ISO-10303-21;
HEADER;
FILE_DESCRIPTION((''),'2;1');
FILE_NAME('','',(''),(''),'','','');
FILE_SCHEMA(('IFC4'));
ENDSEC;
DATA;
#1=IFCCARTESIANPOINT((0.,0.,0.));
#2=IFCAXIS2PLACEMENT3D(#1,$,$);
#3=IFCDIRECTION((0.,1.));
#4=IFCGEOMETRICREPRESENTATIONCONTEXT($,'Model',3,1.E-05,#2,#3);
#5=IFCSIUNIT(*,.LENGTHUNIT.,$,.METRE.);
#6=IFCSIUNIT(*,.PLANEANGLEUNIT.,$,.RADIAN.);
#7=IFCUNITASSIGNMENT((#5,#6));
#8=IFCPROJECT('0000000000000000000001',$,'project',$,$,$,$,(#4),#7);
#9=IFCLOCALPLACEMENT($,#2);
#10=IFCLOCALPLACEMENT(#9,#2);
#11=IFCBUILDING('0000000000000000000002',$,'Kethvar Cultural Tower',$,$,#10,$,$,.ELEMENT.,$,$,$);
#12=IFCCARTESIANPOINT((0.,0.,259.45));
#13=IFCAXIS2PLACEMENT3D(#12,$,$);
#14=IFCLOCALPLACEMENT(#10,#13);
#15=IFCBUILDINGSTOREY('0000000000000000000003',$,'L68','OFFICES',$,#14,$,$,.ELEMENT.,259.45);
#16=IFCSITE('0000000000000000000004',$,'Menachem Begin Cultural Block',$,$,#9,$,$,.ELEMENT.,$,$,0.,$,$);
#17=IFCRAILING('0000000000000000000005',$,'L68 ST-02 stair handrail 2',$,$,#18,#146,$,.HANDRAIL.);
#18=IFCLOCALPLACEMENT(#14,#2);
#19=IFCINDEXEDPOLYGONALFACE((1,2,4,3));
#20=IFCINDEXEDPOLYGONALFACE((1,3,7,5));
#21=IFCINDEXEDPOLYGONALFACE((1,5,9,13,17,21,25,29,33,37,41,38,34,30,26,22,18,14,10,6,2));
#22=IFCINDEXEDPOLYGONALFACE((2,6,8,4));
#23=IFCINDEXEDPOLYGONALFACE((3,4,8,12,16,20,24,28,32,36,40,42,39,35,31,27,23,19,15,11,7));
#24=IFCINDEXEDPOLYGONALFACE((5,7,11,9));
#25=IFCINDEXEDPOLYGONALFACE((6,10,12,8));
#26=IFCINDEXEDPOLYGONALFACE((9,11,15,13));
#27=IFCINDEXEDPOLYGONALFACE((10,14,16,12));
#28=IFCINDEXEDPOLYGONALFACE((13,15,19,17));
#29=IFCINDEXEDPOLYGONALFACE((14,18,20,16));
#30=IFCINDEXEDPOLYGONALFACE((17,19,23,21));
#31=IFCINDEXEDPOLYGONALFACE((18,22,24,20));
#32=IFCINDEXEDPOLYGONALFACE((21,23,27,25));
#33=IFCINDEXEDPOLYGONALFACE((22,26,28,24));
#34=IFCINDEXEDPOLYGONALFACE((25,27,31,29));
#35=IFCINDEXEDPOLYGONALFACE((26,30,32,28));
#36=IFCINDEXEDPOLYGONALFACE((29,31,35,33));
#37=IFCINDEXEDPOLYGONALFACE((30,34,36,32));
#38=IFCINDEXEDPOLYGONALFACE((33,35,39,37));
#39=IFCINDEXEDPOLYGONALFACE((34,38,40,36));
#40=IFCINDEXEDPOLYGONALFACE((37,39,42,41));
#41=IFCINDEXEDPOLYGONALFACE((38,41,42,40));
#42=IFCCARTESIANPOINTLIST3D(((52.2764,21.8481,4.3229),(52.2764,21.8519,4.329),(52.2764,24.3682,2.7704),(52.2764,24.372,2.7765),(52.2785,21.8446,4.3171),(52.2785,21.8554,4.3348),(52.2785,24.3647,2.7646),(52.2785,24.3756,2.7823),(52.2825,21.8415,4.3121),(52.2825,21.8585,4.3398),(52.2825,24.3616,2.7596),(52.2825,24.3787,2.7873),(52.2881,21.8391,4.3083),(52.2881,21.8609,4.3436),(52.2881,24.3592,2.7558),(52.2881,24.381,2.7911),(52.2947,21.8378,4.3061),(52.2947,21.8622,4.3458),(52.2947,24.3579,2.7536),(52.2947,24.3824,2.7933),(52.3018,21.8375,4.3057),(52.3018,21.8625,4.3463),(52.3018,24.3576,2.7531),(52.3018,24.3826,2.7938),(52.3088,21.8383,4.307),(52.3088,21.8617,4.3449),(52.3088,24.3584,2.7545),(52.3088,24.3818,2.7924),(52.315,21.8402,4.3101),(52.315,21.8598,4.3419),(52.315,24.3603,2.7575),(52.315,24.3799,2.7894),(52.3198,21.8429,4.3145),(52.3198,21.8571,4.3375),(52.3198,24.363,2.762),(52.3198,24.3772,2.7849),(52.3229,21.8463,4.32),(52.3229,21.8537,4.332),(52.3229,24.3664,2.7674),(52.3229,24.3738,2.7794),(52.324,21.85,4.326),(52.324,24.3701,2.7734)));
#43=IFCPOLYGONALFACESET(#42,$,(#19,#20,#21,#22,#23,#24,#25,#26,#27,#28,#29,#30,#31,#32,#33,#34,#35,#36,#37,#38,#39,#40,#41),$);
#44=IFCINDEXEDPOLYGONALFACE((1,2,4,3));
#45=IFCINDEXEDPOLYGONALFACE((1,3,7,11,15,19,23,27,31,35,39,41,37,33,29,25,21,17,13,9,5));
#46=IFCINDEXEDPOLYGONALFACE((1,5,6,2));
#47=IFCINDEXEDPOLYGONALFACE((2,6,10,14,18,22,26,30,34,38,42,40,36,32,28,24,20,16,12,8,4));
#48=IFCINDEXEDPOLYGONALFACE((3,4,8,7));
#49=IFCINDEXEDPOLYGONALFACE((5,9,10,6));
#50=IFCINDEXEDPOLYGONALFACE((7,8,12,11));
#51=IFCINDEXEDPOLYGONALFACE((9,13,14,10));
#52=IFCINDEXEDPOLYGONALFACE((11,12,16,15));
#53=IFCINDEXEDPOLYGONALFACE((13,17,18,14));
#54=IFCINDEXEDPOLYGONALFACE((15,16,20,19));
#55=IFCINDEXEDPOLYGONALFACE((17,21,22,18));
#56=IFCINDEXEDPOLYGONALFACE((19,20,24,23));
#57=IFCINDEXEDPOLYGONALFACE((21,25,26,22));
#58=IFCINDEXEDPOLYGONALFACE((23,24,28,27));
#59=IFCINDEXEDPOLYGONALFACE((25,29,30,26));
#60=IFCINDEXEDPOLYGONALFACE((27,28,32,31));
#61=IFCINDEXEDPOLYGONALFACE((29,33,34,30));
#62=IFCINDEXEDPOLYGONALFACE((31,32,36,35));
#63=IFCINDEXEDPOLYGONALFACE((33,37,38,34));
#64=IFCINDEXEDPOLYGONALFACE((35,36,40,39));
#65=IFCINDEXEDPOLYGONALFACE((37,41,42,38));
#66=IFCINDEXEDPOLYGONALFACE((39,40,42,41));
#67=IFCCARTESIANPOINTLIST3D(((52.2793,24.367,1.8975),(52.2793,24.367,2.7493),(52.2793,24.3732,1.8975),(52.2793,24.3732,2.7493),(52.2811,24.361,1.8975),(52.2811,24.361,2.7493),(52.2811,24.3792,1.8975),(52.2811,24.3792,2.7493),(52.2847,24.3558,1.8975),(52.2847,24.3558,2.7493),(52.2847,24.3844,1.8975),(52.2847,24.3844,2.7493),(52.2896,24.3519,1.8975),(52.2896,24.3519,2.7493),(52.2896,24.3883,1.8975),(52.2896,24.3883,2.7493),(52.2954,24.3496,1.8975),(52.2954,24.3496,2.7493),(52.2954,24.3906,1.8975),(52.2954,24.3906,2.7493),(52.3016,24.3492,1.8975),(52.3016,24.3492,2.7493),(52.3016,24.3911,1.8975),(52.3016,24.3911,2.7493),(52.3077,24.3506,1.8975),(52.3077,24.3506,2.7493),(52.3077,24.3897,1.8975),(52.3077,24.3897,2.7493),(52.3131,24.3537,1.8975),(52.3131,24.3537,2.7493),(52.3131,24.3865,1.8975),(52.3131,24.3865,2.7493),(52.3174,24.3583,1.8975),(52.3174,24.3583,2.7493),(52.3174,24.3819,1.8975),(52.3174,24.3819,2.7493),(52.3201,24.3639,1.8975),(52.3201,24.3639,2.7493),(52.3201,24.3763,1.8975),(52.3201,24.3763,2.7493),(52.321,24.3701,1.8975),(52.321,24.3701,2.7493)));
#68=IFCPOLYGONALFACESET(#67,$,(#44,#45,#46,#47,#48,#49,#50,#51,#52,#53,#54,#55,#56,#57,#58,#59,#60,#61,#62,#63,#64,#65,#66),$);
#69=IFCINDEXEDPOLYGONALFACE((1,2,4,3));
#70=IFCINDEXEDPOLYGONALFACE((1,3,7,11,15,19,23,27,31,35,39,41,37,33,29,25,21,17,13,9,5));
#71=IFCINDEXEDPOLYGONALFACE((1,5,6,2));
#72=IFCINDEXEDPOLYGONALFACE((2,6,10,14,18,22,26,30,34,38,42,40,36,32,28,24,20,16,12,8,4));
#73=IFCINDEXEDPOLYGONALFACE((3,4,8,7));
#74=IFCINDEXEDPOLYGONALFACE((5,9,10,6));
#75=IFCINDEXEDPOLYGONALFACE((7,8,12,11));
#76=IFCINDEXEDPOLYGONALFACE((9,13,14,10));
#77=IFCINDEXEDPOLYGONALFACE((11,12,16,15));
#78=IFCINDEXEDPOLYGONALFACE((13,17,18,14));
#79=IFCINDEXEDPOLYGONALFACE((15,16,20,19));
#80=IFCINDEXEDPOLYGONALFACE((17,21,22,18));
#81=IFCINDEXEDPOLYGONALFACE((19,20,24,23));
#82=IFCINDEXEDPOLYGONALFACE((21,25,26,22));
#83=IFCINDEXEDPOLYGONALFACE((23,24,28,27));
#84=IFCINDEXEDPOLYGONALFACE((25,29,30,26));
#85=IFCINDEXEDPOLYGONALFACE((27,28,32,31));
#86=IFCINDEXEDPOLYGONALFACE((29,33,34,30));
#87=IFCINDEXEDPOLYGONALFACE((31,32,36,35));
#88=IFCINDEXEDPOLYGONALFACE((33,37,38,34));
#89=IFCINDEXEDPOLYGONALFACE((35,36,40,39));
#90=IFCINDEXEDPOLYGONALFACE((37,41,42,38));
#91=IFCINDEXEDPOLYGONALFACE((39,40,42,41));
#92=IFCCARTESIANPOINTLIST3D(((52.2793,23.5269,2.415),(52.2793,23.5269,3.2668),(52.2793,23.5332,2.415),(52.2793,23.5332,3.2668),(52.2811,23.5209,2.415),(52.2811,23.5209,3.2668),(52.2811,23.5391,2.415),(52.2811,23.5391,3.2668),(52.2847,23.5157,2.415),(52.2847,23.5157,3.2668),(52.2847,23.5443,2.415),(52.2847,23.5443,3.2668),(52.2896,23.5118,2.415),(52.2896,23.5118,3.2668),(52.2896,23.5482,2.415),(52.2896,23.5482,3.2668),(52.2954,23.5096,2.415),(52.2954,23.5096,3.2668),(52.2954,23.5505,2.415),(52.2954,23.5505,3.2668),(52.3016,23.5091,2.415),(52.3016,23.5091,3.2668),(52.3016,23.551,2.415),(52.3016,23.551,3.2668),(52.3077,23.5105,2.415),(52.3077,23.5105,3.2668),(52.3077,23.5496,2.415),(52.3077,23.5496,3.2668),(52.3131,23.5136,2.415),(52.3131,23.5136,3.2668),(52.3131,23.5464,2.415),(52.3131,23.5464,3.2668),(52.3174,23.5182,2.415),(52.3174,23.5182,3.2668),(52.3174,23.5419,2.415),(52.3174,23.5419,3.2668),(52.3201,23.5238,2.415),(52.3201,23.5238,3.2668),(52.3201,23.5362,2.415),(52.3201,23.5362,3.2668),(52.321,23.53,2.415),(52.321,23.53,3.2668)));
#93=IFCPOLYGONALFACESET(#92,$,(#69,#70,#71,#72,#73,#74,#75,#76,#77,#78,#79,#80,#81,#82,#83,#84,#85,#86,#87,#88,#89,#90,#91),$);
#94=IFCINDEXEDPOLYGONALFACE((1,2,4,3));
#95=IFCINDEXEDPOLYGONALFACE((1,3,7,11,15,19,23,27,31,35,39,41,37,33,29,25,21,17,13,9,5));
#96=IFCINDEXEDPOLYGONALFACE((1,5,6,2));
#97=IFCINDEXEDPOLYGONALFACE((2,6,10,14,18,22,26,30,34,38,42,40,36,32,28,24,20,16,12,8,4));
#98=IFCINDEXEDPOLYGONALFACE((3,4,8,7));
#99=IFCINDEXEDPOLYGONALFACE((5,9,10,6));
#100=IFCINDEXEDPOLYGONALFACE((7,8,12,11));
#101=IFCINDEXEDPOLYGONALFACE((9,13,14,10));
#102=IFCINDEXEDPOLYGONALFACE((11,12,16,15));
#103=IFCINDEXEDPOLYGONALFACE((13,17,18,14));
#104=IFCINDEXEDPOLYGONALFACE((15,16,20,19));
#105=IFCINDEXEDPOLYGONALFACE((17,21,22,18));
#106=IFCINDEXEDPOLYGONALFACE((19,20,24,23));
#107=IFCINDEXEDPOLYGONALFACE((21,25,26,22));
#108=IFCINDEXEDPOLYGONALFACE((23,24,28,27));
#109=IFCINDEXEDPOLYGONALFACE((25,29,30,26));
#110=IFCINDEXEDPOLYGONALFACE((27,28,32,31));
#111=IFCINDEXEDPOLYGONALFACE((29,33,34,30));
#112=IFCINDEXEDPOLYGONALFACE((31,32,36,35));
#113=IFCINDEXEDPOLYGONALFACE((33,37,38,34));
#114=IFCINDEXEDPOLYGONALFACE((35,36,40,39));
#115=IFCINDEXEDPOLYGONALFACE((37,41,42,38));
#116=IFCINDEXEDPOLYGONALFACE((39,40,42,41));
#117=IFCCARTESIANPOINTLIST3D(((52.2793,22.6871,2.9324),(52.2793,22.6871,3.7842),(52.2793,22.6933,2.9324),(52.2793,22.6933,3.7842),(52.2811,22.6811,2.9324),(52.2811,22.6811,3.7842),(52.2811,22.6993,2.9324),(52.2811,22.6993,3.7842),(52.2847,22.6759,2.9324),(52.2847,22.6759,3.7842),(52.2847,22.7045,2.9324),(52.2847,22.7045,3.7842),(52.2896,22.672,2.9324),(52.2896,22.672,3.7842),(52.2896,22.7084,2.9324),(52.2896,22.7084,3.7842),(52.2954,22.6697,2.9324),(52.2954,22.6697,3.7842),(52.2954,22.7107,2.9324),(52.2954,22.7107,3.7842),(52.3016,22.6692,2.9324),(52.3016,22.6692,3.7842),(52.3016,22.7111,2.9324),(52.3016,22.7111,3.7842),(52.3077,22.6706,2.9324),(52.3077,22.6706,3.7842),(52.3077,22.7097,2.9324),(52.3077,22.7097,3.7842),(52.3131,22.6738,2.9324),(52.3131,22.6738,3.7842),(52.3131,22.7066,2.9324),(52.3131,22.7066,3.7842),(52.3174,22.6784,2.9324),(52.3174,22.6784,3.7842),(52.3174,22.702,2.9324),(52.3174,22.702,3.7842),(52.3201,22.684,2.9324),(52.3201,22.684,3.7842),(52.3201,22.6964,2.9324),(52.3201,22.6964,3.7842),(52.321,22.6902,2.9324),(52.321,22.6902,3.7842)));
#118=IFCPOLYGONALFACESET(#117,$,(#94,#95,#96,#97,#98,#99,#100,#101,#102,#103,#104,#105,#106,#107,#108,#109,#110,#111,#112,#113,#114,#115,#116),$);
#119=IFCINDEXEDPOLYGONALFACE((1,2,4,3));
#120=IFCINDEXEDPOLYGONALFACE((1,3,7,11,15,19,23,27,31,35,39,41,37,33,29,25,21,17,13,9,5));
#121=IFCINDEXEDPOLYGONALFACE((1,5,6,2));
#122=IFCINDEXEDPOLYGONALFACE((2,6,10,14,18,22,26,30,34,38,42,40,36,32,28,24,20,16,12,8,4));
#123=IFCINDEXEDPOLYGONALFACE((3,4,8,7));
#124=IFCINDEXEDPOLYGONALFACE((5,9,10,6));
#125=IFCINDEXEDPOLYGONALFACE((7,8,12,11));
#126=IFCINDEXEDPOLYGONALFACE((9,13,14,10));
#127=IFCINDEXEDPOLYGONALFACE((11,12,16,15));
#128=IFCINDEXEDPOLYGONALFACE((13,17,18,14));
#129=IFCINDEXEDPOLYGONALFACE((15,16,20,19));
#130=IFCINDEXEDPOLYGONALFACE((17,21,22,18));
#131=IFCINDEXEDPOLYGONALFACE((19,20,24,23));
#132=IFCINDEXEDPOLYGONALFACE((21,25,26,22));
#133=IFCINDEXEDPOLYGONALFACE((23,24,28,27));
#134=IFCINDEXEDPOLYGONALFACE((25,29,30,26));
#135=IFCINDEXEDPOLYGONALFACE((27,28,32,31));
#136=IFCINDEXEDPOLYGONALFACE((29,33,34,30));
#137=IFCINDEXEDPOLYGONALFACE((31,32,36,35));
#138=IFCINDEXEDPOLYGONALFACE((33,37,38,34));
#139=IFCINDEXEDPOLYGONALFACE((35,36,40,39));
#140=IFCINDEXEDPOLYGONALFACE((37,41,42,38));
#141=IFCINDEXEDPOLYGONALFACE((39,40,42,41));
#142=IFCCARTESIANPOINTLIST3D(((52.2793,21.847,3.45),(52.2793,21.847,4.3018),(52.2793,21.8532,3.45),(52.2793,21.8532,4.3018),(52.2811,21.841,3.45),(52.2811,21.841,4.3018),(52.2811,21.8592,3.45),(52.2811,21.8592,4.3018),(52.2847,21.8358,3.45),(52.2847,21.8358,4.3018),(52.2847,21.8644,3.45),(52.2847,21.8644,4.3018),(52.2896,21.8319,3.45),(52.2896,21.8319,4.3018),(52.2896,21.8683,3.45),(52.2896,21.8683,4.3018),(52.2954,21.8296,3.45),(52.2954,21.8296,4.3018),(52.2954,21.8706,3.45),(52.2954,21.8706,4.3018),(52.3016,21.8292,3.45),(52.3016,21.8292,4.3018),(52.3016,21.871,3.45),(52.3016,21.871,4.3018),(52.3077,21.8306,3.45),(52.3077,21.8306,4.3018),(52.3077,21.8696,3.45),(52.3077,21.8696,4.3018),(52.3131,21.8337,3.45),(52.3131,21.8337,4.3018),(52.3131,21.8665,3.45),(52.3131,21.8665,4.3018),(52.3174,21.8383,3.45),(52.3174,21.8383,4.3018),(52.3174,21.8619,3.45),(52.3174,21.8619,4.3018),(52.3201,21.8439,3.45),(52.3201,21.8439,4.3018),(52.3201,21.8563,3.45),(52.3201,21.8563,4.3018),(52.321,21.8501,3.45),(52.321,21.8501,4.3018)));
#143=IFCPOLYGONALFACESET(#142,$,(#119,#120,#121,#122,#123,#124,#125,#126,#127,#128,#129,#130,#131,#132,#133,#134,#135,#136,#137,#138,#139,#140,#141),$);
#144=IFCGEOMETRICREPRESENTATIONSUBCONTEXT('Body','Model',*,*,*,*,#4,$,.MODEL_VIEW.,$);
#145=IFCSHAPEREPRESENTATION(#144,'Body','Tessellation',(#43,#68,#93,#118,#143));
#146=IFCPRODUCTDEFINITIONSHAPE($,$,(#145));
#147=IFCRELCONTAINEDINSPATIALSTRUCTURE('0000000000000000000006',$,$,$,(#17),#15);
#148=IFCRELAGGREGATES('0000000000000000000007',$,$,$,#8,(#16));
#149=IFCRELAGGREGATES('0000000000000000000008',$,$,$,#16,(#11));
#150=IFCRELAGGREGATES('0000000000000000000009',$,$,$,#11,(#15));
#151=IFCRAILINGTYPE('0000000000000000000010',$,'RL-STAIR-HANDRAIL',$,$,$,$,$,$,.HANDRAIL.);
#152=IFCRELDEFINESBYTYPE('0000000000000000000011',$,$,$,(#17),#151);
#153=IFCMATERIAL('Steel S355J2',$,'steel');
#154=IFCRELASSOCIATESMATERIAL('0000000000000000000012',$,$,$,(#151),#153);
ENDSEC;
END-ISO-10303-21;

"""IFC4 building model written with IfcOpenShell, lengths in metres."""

from ifc_helpers import new_model, si_unit, direction, frame, origin, origin_2d, place, context, subcontext, project, spatial, circle, extrude, material, type_object, element, save


model = new_model("IFC4")

# Units and contexts
model_context = context("Model", 3, precision=1e-05, world=origin(), true_north=direction((0.0, 1.0)))
body_context = subcontext(model_context, "Body", "Model", "MODEL_VIEW")
ifc_project = project(units=[si_unit("LENGTHUNIT", "METRE"), si_unit("PLANEANGLEUNIT", "RADIAN")], contexts=[model_context])

# Site, building, storey
site_placement = place(None, origin())
site = spatial("IfcSite", under=ifc_project, at=site_placement, Name="Menachem Begin Cultural Block", CompositionType="ELEMENT", RefElevation=0.0)
building_placement = place(site_placement, origin())
building = spatial("IfcBuilding", under=site, at=building_placement, Name="Kethvar Cultural Tower", CompositionType="ELEMENT")
storey_placement = place(building_placement, frame((0.0, 0.0, 259.45)))
storey = spatial("IfcBuildingStorey", under=building, at=storey_placement, Name="L68", Description="OFFICES", CompositionType="ELEMENT", Elevation=259.45)

# Shared definitions
ifc_material_1 = material(Name="Steel S355J2", Category="steel")

# Railing
railing_type_1 = type_object("IfcRailingType", Name="RL-STAIR-HANDRAIL", PredefinedType="HANDRAIL", material=ifc_material_1)
railing_1_placement = place(storey_placement, frame((52.3, 24.3701, 1.8975)))
element("IfcRailing", 1, at=railing_1_placement, inside=storey, type_object=railing_type_1, Name="L68 ST-02 stair handrail 2", PredefinedType="HANDRAIL", context=body_context, shape_type="SweptSolid", body=[
    extrude(circle(Radius=0.0239, at=origin_2d()), frame((0.0, 0.0, 0.876), z_axis=(0.0, -0.8514, 0.524516), x_axis=(1.0, 0.0, 0.0)), (0.0, 0.0, 1.0), 2.96),
    extrude(circle(Radius=0.021, at=origin_2d()), origin(), (0.0, 0.0, 1.0), 0.8518),
    extrude(circle(Radius=0.021, at=origin_2d()), frame((0.0, -0.8401, 0.5176)), (0.0, 0.0, 1.0), 0.8518),
    extrude(circle(Radius=0.021, at=origin_2d()), frame((0.0, -1.6799, 1.0349)), (0.0, 0.0, 1.0), 0.8518),
    extrude(circle(Radius=0.021, at=origin_2d()), frame((0.0, -2.52, 1.5525)), (0.0, 0.0, 1.0), 0.8518),
])

save(model, "model.ifc")
